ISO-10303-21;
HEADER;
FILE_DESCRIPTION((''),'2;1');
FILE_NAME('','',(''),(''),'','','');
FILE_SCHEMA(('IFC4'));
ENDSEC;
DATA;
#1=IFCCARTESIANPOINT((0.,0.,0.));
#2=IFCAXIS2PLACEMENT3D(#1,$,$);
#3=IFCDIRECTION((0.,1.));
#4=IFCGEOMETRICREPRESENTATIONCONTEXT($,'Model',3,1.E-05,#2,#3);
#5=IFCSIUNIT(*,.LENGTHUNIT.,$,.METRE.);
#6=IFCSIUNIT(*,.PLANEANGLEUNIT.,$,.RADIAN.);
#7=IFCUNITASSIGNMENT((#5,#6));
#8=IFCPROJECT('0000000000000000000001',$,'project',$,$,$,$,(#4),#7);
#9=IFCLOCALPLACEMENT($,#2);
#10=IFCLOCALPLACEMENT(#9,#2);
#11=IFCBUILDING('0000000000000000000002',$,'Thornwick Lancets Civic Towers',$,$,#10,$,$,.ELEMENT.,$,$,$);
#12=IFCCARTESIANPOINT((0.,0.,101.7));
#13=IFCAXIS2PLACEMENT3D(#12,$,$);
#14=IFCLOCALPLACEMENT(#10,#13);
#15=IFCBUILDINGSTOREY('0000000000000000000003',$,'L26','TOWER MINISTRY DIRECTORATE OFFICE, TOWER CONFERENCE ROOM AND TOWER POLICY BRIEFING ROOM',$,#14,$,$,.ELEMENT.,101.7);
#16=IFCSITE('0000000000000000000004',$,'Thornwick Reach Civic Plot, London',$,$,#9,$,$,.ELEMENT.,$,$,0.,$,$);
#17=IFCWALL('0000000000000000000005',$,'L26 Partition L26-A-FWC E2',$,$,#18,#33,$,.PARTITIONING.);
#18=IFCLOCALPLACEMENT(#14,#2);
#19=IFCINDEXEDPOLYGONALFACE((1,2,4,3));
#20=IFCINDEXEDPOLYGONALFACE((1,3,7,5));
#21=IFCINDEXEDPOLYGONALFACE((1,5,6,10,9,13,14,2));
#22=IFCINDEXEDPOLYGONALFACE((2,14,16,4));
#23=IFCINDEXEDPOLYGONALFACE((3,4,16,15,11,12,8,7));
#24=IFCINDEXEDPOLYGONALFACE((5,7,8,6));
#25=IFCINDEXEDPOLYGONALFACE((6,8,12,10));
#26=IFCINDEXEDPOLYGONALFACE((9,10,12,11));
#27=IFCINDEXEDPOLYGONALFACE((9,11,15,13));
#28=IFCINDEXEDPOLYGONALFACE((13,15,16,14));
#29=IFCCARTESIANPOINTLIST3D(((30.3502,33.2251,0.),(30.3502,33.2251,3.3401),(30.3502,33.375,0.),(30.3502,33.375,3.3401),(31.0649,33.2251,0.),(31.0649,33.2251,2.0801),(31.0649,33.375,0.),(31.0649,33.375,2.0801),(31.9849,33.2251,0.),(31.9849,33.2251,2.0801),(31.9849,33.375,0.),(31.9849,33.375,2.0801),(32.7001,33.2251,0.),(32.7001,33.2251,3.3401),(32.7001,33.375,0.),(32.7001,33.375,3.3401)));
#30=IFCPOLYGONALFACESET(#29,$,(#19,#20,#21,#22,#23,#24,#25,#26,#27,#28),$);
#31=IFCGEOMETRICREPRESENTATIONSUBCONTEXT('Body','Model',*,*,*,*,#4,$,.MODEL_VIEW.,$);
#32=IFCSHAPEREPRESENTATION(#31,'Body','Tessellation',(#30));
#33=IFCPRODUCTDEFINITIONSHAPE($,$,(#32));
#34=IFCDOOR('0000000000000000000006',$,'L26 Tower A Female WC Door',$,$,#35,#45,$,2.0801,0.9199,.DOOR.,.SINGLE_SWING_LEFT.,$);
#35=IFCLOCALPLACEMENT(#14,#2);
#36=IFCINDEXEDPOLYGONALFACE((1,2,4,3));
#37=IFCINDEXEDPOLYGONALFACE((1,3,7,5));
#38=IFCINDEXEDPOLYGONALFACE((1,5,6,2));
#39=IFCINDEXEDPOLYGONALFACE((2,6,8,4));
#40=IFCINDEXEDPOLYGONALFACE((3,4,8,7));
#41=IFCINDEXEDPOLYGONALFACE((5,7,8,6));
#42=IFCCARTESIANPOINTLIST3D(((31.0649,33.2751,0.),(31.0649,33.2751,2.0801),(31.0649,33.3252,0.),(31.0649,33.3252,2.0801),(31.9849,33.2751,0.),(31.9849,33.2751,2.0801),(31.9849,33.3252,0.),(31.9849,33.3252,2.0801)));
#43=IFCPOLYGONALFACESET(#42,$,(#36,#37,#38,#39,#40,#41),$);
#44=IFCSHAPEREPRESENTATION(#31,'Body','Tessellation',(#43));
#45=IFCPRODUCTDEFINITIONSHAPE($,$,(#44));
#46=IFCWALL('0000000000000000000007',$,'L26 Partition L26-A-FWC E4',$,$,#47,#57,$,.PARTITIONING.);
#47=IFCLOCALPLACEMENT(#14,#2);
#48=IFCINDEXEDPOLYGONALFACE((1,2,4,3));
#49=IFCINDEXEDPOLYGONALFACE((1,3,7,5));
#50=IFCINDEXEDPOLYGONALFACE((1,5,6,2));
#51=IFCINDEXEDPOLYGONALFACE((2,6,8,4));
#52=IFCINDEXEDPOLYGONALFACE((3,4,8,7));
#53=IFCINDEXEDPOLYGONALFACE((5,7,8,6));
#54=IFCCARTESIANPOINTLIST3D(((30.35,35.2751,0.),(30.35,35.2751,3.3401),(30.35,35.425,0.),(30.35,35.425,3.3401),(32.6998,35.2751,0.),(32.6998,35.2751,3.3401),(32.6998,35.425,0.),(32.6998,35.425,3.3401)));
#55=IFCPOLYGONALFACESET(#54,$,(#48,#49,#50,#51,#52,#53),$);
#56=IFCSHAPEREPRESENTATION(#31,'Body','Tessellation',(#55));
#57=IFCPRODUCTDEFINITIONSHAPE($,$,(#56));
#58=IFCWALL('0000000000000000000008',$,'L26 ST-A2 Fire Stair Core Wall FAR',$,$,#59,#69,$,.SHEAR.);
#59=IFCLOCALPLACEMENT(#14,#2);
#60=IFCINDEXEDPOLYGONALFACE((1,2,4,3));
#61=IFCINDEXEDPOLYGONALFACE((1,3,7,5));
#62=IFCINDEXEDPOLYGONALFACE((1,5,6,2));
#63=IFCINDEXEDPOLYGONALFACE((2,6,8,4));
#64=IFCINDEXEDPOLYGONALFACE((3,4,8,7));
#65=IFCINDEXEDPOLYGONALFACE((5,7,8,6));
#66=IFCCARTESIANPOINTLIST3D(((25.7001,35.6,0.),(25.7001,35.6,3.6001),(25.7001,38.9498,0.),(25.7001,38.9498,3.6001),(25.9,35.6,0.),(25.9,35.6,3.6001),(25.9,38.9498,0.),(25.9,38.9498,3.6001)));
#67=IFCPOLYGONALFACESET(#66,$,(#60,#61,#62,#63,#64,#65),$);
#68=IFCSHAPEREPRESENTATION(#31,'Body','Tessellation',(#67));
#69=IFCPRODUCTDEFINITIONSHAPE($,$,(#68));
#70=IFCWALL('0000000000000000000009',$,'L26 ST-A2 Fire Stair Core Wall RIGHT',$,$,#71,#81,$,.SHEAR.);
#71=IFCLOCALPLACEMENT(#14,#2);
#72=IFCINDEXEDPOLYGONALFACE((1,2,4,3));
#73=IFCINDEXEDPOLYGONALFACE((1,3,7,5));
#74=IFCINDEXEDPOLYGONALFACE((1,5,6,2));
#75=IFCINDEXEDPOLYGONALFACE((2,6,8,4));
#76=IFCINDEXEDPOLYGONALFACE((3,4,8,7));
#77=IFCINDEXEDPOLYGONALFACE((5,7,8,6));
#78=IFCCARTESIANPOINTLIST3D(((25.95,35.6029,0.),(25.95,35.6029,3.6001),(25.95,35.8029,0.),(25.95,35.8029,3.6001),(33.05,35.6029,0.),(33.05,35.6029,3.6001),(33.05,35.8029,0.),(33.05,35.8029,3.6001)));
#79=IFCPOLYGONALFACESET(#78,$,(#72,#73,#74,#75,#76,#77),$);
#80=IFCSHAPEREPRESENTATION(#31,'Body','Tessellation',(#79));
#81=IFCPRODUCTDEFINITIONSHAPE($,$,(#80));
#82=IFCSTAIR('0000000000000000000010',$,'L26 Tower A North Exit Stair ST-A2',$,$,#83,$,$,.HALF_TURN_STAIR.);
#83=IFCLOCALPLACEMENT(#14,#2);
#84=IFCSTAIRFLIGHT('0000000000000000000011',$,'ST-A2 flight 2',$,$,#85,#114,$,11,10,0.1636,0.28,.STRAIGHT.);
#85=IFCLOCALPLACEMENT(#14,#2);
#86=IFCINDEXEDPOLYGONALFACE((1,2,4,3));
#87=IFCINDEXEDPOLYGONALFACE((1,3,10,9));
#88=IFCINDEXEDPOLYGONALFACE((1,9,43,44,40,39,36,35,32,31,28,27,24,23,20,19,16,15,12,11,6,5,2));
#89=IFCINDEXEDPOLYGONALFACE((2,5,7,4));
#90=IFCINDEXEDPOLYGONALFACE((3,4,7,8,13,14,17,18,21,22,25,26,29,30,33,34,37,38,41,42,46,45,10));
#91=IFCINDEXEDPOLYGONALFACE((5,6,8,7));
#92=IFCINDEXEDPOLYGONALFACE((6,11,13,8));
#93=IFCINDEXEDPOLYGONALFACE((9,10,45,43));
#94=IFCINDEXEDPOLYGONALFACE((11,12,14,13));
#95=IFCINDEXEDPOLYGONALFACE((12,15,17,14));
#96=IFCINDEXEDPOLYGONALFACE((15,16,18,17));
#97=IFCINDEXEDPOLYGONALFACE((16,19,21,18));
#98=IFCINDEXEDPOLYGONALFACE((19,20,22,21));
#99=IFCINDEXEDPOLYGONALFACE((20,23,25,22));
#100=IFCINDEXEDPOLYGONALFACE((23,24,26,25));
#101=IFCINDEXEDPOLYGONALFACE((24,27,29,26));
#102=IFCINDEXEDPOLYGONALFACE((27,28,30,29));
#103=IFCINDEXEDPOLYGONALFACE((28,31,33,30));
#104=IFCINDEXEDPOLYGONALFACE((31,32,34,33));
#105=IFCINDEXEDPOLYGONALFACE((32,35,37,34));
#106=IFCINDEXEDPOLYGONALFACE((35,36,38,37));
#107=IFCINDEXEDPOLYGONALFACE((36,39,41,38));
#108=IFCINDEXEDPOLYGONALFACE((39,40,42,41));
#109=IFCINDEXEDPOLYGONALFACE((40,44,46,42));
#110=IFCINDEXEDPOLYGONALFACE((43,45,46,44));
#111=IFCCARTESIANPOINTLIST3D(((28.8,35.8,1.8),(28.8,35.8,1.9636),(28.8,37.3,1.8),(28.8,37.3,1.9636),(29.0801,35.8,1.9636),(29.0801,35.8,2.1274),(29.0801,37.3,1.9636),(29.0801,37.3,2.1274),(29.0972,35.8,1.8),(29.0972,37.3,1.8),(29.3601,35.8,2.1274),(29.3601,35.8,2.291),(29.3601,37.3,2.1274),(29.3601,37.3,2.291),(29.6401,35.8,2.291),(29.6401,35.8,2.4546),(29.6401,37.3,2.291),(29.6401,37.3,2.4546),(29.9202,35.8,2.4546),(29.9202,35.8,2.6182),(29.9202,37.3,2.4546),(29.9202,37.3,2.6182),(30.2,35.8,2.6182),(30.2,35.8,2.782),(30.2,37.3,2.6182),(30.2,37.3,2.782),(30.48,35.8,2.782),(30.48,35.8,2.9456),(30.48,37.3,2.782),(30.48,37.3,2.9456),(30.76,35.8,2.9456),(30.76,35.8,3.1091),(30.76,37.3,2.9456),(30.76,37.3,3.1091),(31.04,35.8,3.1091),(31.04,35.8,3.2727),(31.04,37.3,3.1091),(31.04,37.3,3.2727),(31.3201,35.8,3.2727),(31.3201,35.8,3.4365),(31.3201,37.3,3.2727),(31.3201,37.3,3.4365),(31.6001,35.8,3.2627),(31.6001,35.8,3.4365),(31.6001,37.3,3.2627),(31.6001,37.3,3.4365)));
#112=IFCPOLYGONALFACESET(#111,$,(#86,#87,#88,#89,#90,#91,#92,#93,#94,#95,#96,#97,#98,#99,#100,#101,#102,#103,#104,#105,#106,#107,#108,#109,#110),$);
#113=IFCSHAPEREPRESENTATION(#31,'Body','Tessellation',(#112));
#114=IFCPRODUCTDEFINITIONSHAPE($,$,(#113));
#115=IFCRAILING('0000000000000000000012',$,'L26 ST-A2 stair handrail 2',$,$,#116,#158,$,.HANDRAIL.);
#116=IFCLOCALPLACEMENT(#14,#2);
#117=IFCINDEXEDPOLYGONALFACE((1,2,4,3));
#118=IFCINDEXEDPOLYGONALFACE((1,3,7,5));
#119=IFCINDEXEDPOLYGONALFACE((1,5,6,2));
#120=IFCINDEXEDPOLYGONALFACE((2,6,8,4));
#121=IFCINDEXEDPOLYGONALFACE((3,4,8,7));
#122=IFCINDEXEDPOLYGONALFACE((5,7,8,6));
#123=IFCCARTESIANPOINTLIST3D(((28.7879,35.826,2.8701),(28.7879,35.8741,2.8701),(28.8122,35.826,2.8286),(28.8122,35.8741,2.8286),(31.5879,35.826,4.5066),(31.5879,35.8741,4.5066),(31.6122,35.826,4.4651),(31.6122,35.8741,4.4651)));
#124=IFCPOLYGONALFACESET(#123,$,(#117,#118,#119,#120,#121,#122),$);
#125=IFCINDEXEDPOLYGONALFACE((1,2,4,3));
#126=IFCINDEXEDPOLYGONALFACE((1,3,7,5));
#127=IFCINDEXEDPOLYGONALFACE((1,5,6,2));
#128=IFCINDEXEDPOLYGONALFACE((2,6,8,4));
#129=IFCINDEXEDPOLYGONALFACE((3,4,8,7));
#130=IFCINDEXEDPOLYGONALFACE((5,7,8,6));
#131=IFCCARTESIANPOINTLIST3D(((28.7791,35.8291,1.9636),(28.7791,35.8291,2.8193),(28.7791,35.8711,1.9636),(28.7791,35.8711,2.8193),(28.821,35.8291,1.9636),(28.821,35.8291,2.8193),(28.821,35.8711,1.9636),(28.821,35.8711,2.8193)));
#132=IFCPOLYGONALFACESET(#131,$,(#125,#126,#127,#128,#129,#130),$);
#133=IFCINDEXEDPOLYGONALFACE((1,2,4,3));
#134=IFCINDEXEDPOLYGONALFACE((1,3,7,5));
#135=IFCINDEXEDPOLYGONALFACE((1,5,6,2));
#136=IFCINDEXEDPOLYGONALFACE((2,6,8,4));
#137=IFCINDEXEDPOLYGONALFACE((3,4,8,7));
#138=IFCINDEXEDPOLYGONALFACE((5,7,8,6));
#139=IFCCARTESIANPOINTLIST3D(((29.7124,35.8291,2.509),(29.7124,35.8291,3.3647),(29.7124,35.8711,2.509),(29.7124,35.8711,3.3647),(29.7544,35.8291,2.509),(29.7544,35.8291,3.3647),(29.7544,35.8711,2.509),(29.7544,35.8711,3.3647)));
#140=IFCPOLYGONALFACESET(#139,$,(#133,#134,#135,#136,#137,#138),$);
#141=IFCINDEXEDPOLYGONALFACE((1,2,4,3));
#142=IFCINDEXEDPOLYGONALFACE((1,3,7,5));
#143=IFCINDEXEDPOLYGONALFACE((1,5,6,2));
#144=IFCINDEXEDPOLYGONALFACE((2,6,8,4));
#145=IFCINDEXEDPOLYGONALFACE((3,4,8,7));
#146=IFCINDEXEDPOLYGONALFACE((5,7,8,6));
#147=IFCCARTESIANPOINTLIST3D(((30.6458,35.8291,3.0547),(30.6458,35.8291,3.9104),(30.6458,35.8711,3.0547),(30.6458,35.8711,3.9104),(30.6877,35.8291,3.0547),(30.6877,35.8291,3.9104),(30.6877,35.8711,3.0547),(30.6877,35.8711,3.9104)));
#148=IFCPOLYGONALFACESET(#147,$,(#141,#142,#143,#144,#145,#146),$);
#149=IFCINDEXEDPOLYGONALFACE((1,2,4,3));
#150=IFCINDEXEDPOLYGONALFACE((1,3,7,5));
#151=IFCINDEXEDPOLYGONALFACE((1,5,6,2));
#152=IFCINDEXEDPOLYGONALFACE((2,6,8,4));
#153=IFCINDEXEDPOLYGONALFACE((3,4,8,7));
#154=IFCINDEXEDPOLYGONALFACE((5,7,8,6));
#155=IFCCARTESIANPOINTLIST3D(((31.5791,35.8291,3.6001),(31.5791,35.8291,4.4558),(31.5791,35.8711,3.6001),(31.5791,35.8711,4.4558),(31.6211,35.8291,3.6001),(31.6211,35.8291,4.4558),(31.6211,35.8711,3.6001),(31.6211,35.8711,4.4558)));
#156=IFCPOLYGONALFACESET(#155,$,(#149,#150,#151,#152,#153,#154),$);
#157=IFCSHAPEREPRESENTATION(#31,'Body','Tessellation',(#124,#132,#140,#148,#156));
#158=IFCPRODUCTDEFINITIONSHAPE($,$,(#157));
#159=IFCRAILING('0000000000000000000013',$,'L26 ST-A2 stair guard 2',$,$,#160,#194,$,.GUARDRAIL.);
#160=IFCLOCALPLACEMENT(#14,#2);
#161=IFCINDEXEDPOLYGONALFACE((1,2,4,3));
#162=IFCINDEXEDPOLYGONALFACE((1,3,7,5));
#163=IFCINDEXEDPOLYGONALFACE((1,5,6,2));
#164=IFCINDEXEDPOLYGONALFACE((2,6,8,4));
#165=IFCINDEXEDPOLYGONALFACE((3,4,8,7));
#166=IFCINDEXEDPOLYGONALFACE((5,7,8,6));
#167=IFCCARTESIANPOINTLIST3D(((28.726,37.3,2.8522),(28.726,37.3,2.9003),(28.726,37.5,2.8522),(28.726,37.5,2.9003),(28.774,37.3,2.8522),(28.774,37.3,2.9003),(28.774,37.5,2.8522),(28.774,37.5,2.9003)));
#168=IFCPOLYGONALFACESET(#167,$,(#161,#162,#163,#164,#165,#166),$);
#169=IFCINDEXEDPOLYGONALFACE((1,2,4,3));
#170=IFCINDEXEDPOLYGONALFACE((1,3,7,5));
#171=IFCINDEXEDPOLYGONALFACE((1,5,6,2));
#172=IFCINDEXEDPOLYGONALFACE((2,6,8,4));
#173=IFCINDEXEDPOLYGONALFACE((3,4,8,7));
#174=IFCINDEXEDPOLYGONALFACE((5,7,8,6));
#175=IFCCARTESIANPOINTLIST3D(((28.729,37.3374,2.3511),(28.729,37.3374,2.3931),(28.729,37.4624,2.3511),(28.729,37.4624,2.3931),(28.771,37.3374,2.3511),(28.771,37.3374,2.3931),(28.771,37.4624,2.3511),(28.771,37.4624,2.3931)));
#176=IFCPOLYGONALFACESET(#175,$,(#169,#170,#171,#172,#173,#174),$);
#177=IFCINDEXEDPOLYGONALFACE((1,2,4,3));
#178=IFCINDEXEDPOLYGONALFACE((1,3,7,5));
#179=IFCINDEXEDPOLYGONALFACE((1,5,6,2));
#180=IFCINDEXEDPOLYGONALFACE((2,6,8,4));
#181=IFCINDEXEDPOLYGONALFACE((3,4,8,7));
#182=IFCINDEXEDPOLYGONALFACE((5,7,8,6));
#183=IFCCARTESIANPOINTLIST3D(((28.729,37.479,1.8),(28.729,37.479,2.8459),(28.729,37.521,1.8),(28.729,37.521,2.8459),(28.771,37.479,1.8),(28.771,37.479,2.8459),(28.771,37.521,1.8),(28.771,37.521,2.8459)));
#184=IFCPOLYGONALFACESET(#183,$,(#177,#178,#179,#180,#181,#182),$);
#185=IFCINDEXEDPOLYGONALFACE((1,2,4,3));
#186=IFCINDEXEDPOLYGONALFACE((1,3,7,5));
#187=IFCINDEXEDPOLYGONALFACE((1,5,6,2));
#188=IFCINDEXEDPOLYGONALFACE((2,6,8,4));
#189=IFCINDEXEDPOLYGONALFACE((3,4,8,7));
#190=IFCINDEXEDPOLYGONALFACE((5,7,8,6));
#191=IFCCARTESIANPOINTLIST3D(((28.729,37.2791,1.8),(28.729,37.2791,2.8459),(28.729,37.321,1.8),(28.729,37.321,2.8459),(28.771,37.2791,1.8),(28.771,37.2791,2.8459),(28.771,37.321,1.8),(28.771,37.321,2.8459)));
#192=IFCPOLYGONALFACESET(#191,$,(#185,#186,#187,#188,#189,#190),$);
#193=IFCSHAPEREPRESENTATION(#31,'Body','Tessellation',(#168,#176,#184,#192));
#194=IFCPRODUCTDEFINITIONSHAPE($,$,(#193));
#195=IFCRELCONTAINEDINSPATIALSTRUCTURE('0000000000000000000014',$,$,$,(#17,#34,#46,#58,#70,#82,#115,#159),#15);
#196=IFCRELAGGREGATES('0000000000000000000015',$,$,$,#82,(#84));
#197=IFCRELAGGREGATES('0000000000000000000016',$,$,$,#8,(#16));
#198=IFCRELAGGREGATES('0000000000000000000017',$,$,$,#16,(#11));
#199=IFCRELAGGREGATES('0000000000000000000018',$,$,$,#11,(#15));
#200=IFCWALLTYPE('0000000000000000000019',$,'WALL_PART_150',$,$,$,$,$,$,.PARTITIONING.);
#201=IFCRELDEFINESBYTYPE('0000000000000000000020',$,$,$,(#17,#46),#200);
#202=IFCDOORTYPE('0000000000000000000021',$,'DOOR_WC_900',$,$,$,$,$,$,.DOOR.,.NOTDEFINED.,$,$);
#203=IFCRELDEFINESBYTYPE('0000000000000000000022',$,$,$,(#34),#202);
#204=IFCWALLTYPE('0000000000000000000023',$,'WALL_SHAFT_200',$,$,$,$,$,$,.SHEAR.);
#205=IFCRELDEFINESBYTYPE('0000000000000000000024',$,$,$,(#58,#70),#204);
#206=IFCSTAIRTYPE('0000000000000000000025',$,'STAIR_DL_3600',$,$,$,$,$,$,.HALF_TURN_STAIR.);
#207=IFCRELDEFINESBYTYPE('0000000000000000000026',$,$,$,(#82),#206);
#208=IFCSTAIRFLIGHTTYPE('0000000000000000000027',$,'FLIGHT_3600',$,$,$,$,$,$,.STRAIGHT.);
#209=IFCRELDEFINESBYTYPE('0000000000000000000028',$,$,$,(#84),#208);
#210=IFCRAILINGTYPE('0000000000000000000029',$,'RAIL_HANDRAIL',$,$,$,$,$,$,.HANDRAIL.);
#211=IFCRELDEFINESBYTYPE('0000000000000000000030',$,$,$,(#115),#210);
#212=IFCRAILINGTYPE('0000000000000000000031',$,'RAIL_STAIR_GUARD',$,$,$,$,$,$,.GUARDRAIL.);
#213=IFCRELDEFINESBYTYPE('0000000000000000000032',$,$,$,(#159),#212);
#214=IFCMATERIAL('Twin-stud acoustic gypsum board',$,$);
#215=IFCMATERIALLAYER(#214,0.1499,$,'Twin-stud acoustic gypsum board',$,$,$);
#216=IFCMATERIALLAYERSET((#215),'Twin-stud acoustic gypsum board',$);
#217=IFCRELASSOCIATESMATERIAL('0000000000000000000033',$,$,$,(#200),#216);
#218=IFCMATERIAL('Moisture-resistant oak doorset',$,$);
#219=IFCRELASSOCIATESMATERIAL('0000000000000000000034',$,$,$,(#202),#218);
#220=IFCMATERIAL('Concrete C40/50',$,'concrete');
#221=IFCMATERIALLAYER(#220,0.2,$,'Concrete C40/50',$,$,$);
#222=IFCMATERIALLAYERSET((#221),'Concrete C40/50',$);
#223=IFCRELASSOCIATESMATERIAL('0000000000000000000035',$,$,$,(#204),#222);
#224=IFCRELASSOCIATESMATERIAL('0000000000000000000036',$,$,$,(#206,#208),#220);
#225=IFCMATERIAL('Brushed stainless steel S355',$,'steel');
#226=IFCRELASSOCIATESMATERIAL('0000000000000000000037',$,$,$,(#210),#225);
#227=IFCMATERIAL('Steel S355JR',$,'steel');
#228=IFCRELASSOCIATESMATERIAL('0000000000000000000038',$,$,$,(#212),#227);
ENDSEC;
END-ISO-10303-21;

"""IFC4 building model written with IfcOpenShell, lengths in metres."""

from ifc_helpers import new_model, si_unit, direction, frame, frame_2d, origin, origin_2d, place, context, subcontext, project, spatial, polyline, rectangle, outline, extrude, material, layer, layer_set, type_object, element, fill, aggregate, save


model = new_model("IFC4")

# Units and contexts
model_context = context("Model", 3, precision=1e-05, world=origin(), true_north=direction((0.0, 1.0)))
body_context = subcontext(model_context, "Body", "Model", "MODEL_VIEW")
ifc_project = project(units=[si_unit("LENGTHUNIT", "METRE"), si_unit("PLANEANGLEUNIT", "RADIAN")], contexts=[model_context])

# Site, building, storey
site_placement = place(None, origin())
site = spatial("IfcSite", under=ifc_project, at=site_placement, Name="Thornwick Reach Civic Plot, London", CompositionType="ELEMENT", RefElevation=0.0)
building_placement = place(site_placement, origin())
building = spatial("IfcBuilding", under=site, at=building_placement, Name="Thornwick Lancets Civic Towers", CompositionType="ELEMENT")
storey_placement = place(building_placement, frame((0.0, 0.0, 101.7)))
storey = spatial("IfcBuildingStorey", under=building, at=storey_placement, Name="L26", Description="TOWER MINISTRY DIRECTORATE OFFICE, TOWER CONFERENCE ROOM AND TOWER POLICY BRIEFING ROOM", CompositionType="ELEMENT", Elevation=101.7)

# Shared definitions
ifc_material_1 = material(Name="Steel S355JR", Category="steel")

# Shared definitions
ifc_material_2 = material(Name="Twin-stud acoustic gypsum board")
ifc_layer_1 = layer(ifc_material_2, 0.1499, Name="Twin-stud acoustic gypsum board")
ifc_layer_set_1 = layer_set([ifc_layer_1], Name="Twin-stud acoustic gypsum board")
wall_type_1 = type_object("IfcWallType", Name="WALL_PART_150", PredefinedType="PARTITIONING", material=ifc_layer_set_1)

# Wall, opening, door
wall_1_placement = place(storey_placement, frame((32.7, 33.3, 0.0), z_axis=(0.0, 0.0, 1.0), x_axis=(-1.0, 0.0, 0.0)))
wall_1 = element("IfcWall", 1, at=wall_1_placement, inside=storey, type_object=wall_type_1, Name="L26 Partition L26-A-FWC E2", PredefinedType="PARTITIONING", context=body_context, shape_type="SweptSolid", body=[
    extrude(rectangle(XDim=2.3499, YDim=0.1499, at=frame_2d((1.1748, 0.0))), origin(), (0.0, 0.0, 1.0), 3.3401),
])
opening_1_placement = place(wall_1_placement, frame((0.7151, 0.0, 0.0)))
opening_1 = element("IfcOpeningElement", 2, at=opening_1_placement, cuts=wall_1, PredefinedType="OPENING", context=body_context, shape_type="SweptSolid", body=[
    extrude(rectangle(XDim=0.9199, YDim=2.0801, at=frame_2d((0.46, 1.04))), frame((0.0, 0.085, 0.0), z_axis=(0.0, -1.0, 0.0), x_axis=(1.0, 0.0, 0.0)), (0.0, 0.0, 1.0), 0.1699),
])
ifc_material_3 = material(Name="Moisture-resistant oak doorset")
door_type_1 = type_object("IfcDoorType", Name="DOOR_WC_900", OperationType="NOTDEFINED", PredefinedType="DOOR", material=ifc_material_3)
door_1_placement = place(opening_1_placement, origin())
door_1 = element("IfcDoor", 3, at=door_1_placement, inside=storey, type_object=door_type_1, Name="L26 Tower A Female WC Door", OperationType="SINGLE_SWING_LEFT", OverallHeight=2.0801, OverallWidth=0.9199, PredefinedType="DOOR", context=body_context, shape_type="SweptSolid", body=[
    extrude(rectangle(XDim=0.9199, YDim=2.0801, at=frame_2d((0.46, 1.04))), frame((0.0, 0.0249, 0.0), z_axis=(0.0, -1.0, 0.0), x_axis=(1.0, 0.0, 0.0)), (0.0, 0.0, 1.0), 0.05),
])
fill(opening_1, door_1)

# Walls
wall_2_placement = place(storey_placement, frame((30.3501, 35.3501, 0.0), z_axis=(0.0, 0.0, 1.0), x_axis=(1.0, 0.0, 0.0)))
element("IfcWall", 4, at=wall_2_placement, inside=storey, type_object=wall_type_1, Name="L26 Partition L26-A-FWC E4", PredefinedType="PARTITIONING", context=body_context, shape_type="SweptSolid", body=[
    extrude(rectangle(XDim=2.3499, YDim=0.1499, at=frame_2d((1.1748, 0.0))), origin(), (0.0, 0.0, 1.0), 3.3401),
])
ifc_material_4 = material(Name="Concrete C40/50", Category="concrete")
ifc_layer_2 = layer(ifc_material_4, 0.2, Name="Concrete C40/50")
ifc_layer_set_2 = layer_set([ifc_layer_2], Name="Concrete C40/50")
wall_type_2 = type_object("IfcWallType", Name="WALL_SHAFT_200", PredefinedType="SHEAR", material=ifc_layer_set_2)
wall_3_placement = place(storey_placement, frame((25.8, 35.6001, 0.0), z_axis=(0.0, 0.0, 1.0), x_axis=(0.0, 1.0, 0.0)))
element("IfcWall", 5, at=wall_3_placement, inside=storey, type_object=wall_type_2, Name="L26 ST-A2 Fire Stair Core Wall FAR", PredefinedType="SHEAR", context=body_context, shape_type="SweptSolid", body=[
    extrude(rectangle(XDim=3.3499, YDim=0.2, at=frame_2d((1.6748, 0.0))), origin(), (0.0, 0.0, 1.0), 3.6001),
])
wall_4_placement = place(storey_placement, frame((25.95, 35.7029, 0.0), z_axis=(0.0, 0.0, 1.0), x_axis=(1.0, 0.0, 0.0)))
element("IfcWall", 6, at=wall_4_placement, inside=storey, type_object=wall_type_2, Name="L26 ST-A2 Fire Stair Core Wall RIGHT", PredefinedType="SHEAR", context=body_context, shape_type="SweptSolid", body=[
    extrude(rectangle(XDim=7.1001, YDim=0.2, at=frame_2d((3.55, 0.0))), origin(), (0.0, 0.0, 1.0), 3.6001),
])

# Stair, stair flight
stair_type = type_object("IfcStairType", Name="STAIR_DL_3600", PredefinedType="HALF_TURN_STAIR", material=ifc_material_4)
stair_placement = place(storey_placement, origin())
stair = element("IfcStair", 7, at=stair_placement, inside=storey, type_object=stair_type, Name="L26 Tower A North Exit Stair ST-A2", PredefinedType="HALF_TURN_STAIR")
stair_flight_type = type_object("IfcStairFlightType", Name="FLIGHT_3600", PredefinedType="STRAIGHT", material=ifc_material_4)
stair_flight_placement = place(storey_placement, frame((28.8, 36.55, 1.8), z_axis=(0.0, 0.0, 1.0), x_axis=(1.0, 0.0, 0.0)))
stair_flight = element("IfcStairFlight", 8, at=stair_flight_placement, type_object=stair_flight_type, Name="ST-A2 flight 2", NumberOfRisers=11, NumberOfTreads=10, PredefinedType="STRAIGHT", RiserHeight=0.1636, TreadLength=0.28, context=body_context, shape_type="SweptSolid", body=[
    extrude(outline(polyline([(0.0, 0.0), (0.0, 0.1636), (0.28, 0.1636), (0.28, 0.3274), (0.5601, 0.3274), (0.5601, 0.491), (0.8401, 0.491), (0.8401, 0.6545), (1.1201, 0.6545), (1.1201, 0.8181), (1.3999, 0.8181), (1.3999, 0.9819), (1.6799, 0.9819), (1.6799, 1.1455), (1.96, 1.1455), (1.96, 1.3091), (2.24, 1.3091), (2.24, 1.4727), (2.52, 1.4727), (2.52, 1.6365), (2.8, 1.6365), (2.8, 1.8), (2.8, 1.4626), (0.2971, 0.0), (0.0, 0.0)])), frame((0.0, 0.75, 0.0), z_axis=(0.0, -1.0, 0.0), x_axis=(1.0, 0.0, 0.0)), (0.0, 0.0, 1.0), 1.5),
])
aggregate(stair, [stair_flight])

# Railings
ifc_material_5 = material(Name="Brushed stainless steel S355", Category="steel")
railing_type_1 = type_object("IfcRailingType", Name="RAIL_HANDRAIL", PredefinedType="HANDRAIL", material=ifc_material_5)
railing_1_placement = place(storey_placement, frame((28.8, 35.8501, 1.9636)))
element("IfcRailing", 9, at=railing_1_placement, inside=storey, type_object=railing_type_1, Name="L26 ST-A2 stair handrail 2", PredefinedType="HANDRAIL", context=body_context, shape_type="SweptSolid", body=[
    extrude(rectangle(XDim=0.0481, YDim=0.0481, at=origin_2d()), frame((0.0, 0.0, 0.8857), z_axis=(0.863361, 0.0, 0.504587), x_axis=(0.0, 1.0, 0.0)), (0.0, 0.0, 1.0), 3.2432),
    extrude(rectangle(XDim=0.042, YDim=0.042, at=origin_2d()), origin(), (0.0, 0.0, 1.0), 0.8557),
    extrude(rectangle(XDim=0.042, YDim=0.042, at=origin_2d()), frame((0.9333, 0.0, 0.5454)), (0.0, 0.0, 1.0), 0.8557),
    extrude(rectangle(XDim=0.042, YDim=0.042, at=origin_2d()), frame((1.8667, 0.0, 1.0911)), (0.0, 0.0, 1.0), 0.8557),
    extrude(rectangle(XDim=0.042, YDim=0.042, at=origin_2d()), frame((2.8, 0.0, 1.6365)), (0.0, 0.0, 1.0), 0.8557),
])
railing_type_2 = type_object("IfcRailingType", Name="RAIL_STAIR_GUARD", PredefinedType="GUARDRAIL", material=ifc_material_1)
railing_2_placement = place(storey_placement, frame((28.75, 37.5, 1.8)))
element("IfcRailing", 10, at=railing_2_placement, inside=storey, type_object=railing_type_2, Name="L26 ST-A2 stair guard 2", PredefinedType="GUARDRAIL", context=body_context, shape_type="SweptSolid", body=[
    extrude(rectangle(XDim=0.0481, YDim=0.0481, at=origin_2d()), frame((0.0, 0.0, 1.0762), z_axis=(0.0, -1.0, 0.0), x_axis=(1.0, 0.0, 0.0)), (0.0, 0.0, 1.0), 0.2),
    extrude(rectangle(XDim=0.042, YDim=0.042, at=origin_2d()), frame((0.0, -0.0376, 0.572), z_axis=(0.0, -1.0, 0.0), x_axis=(1.0, 0.0, 0.0)), (0.0, 0.0, 1.0), 0.125),
    extrude(rectangle(XDim=0.042, YDim=0.042, at=origin_2d()), origin(), (0.0, 0.0, 1.0), 1.0459),
    extrude(rectangle(XDim=0.042, YDim=0.042, at=origin_2d()), frame((0.0, -0.2, 0.0)), (0.0, 0.0, 1.0), 1.0459),
])

save(model, "model.ifc")
